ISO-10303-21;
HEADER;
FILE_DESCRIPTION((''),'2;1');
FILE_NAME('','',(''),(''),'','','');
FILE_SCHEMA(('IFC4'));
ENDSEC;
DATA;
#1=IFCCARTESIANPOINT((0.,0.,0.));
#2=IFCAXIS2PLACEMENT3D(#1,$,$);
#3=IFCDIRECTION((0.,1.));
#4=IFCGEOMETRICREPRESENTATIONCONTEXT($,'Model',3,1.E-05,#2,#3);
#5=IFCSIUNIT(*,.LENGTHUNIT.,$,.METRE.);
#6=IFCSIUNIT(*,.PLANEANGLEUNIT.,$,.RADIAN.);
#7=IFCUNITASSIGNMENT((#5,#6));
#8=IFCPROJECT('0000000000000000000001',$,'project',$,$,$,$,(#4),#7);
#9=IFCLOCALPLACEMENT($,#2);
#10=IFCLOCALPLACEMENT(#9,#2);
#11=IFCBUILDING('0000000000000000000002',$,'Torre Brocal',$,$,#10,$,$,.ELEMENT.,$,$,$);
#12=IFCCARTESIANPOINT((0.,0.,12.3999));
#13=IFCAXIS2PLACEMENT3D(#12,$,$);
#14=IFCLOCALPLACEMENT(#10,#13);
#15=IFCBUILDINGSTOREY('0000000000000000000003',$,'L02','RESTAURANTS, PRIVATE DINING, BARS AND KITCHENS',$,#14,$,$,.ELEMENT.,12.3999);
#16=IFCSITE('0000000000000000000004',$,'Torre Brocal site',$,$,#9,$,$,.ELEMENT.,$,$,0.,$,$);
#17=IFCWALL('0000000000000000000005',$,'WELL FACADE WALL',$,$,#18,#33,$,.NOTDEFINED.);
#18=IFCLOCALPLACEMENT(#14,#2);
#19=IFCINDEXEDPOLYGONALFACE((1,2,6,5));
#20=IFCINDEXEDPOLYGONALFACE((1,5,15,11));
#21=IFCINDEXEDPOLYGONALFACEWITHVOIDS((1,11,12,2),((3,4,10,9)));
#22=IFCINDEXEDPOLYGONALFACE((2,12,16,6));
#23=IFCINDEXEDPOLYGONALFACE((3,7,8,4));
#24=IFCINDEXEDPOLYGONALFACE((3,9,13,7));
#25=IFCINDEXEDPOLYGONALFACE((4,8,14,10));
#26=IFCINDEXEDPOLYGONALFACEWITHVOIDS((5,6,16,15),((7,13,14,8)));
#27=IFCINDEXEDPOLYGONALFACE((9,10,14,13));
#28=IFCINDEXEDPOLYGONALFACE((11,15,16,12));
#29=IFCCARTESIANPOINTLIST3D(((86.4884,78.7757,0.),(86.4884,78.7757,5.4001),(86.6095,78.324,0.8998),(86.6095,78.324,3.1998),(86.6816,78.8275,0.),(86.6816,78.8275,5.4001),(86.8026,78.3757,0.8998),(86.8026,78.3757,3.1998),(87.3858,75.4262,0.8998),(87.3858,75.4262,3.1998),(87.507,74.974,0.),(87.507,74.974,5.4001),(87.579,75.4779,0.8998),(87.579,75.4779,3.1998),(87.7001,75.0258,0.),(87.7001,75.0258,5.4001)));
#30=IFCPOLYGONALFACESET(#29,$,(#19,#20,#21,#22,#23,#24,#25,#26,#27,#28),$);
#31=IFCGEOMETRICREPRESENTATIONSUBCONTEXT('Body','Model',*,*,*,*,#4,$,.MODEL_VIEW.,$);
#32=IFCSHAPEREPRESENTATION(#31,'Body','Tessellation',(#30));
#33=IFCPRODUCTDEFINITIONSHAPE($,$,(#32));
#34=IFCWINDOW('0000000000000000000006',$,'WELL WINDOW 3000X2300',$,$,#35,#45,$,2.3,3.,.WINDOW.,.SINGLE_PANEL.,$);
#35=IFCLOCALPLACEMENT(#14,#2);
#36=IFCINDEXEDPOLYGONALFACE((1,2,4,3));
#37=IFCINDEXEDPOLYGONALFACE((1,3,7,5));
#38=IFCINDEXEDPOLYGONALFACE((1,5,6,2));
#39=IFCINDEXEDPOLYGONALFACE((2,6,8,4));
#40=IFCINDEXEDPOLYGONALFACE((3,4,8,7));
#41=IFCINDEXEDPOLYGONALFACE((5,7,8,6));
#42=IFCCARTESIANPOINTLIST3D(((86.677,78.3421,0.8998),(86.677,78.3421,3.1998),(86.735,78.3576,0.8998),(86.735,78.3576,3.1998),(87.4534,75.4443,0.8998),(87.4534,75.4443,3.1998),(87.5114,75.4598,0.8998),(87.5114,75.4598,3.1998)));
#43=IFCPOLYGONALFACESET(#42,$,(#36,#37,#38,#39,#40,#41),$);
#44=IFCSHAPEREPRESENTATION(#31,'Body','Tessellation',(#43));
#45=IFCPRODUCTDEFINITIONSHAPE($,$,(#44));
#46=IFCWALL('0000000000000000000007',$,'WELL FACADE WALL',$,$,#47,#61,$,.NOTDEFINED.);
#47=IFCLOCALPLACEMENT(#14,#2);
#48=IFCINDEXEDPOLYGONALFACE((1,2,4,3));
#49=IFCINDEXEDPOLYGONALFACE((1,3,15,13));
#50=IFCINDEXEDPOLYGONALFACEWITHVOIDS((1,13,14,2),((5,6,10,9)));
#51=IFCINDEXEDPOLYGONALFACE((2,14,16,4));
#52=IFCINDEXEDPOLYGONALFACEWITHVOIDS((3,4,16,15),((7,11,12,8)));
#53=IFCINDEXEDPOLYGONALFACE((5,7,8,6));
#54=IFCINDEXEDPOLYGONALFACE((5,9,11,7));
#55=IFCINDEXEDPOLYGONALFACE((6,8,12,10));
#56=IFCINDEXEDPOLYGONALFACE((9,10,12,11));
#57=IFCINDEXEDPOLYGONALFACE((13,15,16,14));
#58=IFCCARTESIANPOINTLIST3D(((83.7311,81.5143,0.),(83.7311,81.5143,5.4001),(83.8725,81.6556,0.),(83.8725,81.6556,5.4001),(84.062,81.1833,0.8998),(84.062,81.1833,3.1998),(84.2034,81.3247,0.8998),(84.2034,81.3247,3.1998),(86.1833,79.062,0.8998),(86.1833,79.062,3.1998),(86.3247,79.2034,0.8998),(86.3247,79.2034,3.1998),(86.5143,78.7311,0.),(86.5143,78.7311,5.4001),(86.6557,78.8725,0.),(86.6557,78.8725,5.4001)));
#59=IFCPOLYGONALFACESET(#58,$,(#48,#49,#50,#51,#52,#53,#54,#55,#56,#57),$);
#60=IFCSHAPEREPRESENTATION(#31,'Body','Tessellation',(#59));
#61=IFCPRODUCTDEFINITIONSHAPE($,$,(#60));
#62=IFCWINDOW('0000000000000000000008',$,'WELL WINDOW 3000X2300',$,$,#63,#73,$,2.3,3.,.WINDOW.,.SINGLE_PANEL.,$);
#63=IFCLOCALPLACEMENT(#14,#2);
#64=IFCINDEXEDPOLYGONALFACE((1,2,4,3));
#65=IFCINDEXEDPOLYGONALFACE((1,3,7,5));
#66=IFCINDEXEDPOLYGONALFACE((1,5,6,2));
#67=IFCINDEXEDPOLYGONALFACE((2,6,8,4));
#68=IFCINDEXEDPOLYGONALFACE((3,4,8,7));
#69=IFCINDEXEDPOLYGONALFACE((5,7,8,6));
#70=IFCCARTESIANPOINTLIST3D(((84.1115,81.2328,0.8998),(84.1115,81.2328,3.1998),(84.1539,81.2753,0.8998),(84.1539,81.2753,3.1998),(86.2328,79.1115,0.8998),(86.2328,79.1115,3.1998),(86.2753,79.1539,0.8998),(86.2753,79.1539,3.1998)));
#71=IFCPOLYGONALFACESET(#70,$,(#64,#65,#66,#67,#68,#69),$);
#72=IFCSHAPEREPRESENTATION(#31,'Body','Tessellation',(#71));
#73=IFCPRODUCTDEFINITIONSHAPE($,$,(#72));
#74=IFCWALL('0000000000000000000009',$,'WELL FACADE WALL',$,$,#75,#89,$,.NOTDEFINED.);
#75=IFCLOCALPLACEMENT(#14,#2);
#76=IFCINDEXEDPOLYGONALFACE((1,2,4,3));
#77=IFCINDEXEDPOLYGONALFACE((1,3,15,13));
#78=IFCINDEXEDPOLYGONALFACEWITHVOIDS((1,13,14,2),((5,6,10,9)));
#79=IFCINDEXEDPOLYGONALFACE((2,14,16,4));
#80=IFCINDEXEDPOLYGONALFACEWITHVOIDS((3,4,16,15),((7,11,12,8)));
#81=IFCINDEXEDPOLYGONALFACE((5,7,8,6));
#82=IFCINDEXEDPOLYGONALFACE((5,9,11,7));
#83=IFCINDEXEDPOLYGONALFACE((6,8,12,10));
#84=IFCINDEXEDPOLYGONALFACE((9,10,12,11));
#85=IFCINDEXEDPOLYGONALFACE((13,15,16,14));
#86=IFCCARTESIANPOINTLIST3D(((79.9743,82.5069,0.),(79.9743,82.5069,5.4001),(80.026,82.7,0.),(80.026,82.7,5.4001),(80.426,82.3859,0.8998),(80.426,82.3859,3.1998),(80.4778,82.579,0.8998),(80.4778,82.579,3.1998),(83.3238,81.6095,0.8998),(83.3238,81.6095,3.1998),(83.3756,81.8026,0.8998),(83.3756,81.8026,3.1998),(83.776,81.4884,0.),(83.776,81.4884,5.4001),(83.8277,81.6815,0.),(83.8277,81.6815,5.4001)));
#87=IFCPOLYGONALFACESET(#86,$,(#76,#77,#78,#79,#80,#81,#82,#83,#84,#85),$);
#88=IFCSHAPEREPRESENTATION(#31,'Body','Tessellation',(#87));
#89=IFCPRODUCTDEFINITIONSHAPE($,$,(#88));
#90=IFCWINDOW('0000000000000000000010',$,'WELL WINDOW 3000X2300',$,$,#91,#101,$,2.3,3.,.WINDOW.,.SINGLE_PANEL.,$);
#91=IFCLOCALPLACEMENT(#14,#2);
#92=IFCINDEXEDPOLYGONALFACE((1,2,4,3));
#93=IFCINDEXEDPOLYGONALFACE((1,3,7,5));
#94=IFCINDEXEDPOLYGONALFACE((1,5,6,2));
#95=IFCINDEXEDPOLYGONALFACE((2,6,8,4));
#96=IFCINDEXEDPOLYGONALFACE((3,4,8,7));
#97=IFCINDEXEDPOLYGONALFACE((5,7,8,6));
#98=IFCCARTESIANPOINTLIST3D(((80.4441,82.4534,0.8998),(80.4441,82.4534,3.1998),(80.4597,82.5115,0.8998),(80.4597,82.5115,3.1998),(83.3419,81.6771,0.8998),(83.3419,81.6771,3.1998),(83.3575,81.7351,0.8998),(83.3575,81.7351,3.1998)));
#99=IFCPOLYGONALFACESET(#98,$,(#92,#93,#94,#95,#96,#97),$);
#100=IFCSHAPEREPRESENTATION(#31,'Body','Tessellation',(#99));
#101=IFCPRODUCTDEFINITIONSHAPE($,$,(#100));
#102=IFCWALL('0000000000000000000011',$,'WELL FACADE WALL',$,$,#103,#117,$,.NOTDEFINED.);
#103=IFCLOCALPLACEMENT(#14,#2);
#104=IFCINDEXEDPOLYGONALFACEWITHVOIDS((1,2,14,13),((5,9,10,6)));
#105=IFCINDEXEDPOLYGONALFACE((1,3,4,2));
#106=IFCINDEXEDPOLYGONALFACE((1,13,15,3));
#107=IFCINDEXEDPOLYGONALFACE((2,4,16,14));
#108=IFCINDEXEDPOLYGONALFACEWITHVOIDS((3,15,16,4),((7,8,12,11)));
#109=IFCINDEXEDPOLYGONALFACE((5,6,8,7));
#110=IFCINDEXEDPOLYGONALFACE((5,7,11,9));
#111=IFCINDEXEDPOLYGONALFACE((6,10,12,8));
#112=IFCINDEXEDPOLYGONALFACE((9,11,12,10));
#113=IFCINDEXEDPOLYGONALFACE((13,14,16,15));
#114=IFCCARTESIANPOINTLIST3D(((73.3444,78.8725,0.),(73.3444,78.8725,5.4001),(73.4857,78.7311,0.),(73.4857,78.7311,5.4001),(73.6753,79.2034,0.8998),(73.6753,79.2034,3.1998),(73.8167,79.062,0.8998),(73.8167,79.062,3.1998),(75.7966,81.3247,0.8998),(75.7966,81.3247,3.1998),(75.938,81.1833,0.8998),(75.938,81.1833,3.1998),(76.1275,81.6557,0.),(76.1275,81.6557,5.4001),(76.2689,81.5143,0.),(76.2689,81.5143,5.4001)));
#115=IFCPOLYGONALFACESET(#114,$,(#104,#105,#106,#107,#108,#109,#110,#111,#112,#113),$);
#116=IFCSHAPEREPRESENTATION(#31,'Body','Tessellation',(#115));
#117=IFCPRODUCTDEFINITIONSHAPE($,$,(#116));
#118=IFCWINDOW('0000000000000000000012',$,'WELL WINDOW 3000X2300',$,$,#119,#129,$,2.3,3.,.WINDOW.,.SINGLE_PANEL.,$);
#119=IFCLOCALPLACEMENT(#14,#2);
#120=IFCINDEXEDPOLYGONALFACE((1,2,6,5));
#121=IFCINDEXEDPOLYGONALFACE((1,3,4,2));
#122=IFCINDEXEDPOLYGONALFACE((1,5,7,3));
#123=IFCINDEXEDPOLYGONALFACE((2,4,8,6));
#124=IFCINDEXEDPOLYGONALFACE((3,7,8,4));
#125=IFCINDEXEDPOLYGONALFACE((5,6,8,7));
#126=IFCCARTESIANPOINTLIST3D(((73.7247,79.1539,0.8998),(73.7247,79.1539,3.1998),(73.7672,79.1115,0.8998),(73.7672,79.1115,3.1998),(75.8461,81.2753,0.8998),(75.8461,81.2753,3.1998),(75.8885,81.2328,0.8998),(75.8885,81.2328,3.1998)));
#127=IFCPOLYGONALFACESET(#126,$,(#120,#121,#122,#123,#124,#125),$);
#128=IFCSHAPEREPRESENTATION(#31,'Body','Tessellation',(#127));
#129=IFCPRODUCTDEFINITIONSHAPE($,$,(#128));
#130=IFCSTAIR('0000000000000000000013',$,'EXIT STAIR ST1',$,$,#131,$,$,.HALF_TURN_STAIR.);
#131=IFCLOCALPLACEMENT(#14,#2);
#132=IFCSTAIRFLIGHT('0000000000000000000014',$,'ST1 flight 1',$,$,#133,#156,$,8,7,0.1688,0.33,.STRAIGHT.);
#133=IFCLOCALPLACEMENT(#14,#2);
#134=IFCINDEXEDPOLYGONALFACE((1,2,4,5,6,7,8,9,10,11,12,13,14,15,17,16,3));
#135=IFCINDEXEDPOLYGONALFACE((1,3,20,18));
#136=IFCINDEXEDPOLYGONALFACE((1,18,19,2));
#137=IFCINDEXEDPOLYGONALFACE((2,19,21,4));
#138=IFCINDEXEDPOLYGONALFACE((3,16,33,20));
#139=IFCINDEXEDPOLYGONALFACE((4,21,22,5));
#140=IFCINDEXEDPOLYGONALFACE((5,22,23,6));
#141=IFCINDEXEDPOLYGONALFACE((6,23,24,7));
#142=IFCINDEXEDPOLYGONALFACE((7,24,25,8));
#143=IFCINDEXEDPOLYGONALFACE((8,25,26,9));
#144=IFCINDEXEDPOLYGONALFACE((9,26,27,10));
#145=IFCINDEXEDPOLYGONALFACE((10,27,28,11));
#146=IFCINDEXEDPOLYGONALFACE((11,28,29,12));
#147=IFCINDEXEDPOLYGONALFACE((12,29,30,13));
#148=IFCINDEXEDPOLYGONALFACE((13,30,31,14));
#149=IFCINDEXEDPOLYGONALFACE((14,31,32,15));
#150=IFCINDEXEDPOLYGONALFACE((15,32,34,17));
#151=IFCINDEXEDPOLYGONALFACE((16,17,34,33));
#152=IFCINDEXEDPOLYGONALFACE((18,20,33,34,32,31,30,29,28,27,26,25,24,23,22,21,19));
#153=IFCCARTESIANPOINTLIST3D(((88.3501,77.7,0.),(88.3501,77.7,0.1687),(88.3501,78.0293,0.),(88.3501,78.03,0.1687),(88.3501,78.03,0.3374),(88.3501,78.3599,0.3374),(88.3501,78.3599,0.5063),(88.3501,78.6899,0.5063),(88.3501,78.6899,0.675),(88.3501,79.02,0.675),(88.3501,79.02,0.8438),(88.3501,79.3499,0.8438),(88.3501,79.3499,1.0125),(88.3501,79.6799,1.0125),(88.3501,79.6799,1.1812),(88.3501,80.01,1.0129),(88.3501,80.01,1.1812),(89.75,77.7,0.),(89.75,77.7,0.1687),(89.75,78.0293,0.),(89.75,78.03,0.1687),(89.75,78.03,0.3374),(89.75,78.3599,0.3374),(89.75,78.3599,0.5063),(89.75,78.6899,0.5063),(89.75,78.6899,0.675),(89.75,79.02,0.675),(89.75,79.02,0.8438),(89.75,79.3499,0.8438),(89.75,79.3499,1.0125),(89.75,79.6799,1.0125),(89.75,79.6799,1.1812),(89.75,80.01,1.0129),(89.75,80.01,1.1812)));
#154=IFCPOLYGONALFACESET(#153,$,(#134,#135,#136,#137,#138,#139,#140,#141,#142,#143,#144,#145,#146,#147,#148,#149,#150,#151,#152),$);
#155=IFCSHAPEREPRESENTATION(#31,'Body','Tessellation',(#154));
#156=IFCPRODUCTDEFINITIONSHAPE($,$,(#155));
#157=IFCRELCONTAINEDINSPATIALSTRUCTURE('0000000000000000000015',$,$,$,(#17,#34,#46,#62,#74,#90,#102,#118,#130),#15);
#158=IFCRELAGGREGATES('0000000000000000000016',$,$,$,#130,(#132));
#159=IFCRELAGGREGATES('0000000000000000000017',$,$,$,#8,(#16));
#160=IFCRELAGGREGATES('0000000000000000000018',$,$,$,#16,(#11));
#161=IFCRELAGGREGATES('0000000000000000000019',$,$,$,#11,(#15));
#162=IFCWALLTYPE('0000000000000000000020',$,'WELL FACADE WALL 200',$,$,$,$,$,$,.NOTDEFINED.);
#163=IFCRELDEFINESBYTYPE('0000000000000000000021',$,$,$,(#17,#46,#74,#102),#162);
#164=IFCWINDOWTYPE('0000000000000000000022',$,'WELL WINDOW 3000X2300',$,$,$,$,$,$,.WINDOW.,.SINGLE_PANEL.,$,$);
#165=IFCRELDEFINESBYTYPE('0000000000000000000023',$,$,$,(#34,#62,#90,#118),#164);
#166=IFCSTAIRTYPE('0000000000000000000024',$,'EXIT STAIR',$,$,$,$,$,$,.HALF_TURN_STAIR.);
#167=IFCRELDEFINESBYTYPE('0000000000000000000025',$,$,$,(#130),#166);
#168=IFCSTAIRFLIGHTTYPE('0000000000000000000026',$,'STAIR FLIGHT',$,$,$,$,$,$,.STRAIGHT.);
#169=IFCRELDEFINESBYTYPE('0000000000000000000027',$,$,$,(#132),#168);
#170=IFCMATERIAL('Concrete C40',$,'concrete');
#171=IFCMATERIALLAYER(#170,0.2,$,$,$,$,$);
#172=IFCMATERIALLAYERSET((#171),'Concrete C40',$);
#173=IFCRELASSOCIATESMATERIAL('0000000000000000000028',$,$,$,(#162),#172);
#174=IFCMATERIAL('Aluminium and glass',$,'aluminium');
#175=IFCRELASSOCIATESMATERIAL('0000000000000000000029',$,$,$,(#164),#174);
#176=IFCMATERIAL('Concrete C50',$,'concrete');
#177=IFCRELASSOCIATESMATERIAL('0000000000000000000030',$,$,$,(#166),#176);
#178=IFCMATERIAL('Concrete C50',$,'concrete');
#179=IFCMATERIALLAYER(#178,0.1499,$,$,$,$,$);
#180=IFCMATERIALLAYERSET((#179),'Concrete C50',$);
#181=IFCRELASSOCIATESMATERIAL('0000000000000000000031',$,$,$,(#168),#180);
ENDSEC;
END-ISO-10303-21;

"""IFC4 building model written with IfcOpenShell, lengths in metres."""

from ifc_helpers import new_model, si_unit, direction, frame, frame_2d, origin, place, context, subcontext, project, spatial, polyline, rectangle, outline, extrude, material, layer, layer_set, type_object, element, fill, aggregate, save


model = new_model("IFC4")

# Units and contexts
model_context = context("Model", 3, precision=1e-05, world=origin(), true_north=direction((0.0, 1.0)))
body_context = subcontext(model_context, "Body", "Model", "MODEL_VIEW")
ifc_project = project(units=[si_unit("LENGTHUNIT", "METRE"), si_unit("PLANEANGLEUNIT", "RADIAN")], contexts=[model_context])

# Site, building, storey
site_placement = place(None, origin())
site = spatial("IfcSite", under=ifc_project, at=site_placement, Name="Torre Brocal site", CompositionType="ELEMENT", RefElevation=0.0)
building_placement = place(site_placement, origin())
building = spatial("IfcBuilding", under=site, at=building_placement, Name="Torre Brocal", CompositionType="ELEMENT")
storey_placement = place(building_placement, frame((0.0, 0.0, 12.3999)))
storey = spatial("IfcBuildingStorey", under=building, at=storey_placement, Name="L02", Description="RESTAURANTS, PRIVATE DINING, BARS AND KITCHENS", CompositionType="ELEMENT", Elevation=12.3999)

# Walls, openings, windows
ifc_material_1 = material(Name="Concrete C40", Category="concrete")
ifc_layer_1 = layer(ifc_material_1, 0.2)
ifc_layer_set_1 = layer_set([ifc_layer_1], Name="Concrete C40")
wall_type_1 = type_object("IfcWallType", Name="WELL FACADE WALL 200", PredefinedType="NOTDEFINED", material=ifc_layer_set_1)
wall_1_placement = place(storey_placement, frame((87.6035, 75.0, 0.0), z_axis=(0.0, 0.0, 1.0), x_axis=(-0.25879, 0.965934, 0.0)))
wall_1 = element("IfcWall", 1, at=wall_1_placement, inside=storey, type_object=wall_type_1, Name="WELL FACADE WALL", PredefinedType="NOTDEFINED", context=body_context, shape_type="SweptSolid", body=[
    extrude(rectangle(XDim=3.9358, YDim=0.2, at=frame_2d((1.9678, 0.0))), origin(), (0.0, 0.0, 1.0), 5.4001),
])
opening_1_placement = place(wall_1_placement, frame((0.468, 0.0, 0.8999)))
opening_1 = element("IfcOpeningElement", 2, at=opening_1_placement, cuts=wall_1, PredefinedType="OPENING", context=body_context, shape_type="SweptSolid", body=[
    extrude(rectangle(XDim=3.0, YDim=2.3, at=frame_2d((1.5, 1.1499))), frame((0.0, 0.1099, 0.0), z_axis=(0.0, -1.0, 0.0), x_axis=(1.0, 0.0, 0.0)), (0.0, 0.0, 1.0), 0.22),
])
ifc_material_2 = material(Name="Aluminium and glass", Category="aluminium")
window_type = type_object("IfcWindowType", Name="WELL WINDOW 3000X2300", PartitioningType="SINGLE_PANEL", PredefinedType="WINDOW", material=ifc_material_2)
window_1_placement = place(opening_1_placement, origin())
window_1 = element("IfcWindow", 3, at=window_1_placement, inside=storey, type_object=window_type, Name="WELL WINDOW 3000X2300", OverallHeight=2.3, OverallWidth=3.0, PartitioningType="SINGLE_PANEL", PredefinedType="WINDOW", context=body_context, shape_type="SweptSolid", body=[
    extrude(rectangle(XDim=3.0, YDim=2.3, at=frame_2d((1.5, 1.1499))), frame((0.0, 0.03, 0.0), z_axis=(0.0, -1.0, 0.0), x_axis=(1.0, 0.0, 0.0)), (0.0, 0.0, 1.0), 0.0601),
])
fill(opening_1, window_1)
wall_2_placement = place(storey_placement, frame((86.585, 78.8018, 0.0), z_axis=(0.0, 0.0, 1.0), x_axis=(-0.707107, 0.707107, 0.0)))
wall_2 = element("IfcWall", 4, at=wall_2_placement, inside=storey, type_object=wall_type_1, Name="WELL FACADE WALL", PredefinedType="NOTDEFINED", context=body_context, shape_type="SweptSolid", body=[
    extrude(rectangle(XDim=3.936, YDim=0.2, at=frame_2d((1.968, 0.0))), origin(), (0.0, 0.0, 1.0), 5.4001),
])
opening_2_placement = place(wall_2_placement, frame((0.468, 0.0, 0.8999)))
opening_2 = element("IfcOpeningElement", 5, at=opening_2_placement, cuts=wall_2, PredefinedType="OPENING", context=body_context, shape_type="SweptSolid", body=[
    extrude(rectangle(XDim=3.0, YDim=2.3, at=frame_2d((1.5, 1.1499))), frame((0.0, 0.1099, 0.0), z_axis=(0.0, -1.0, 0.0), x_axis=(1.0, 0.0, 0.0)), (0.0, 0.0, 1.0), 0.22),
])
window_2_placement = place(opening_2_placement, origin())
window_2 = element("IfcWindow", 6, at=window_2_placement, inside=storey, type_object=window_type, Name="WELL WINDOW 3000X2300", OverallHeight=2.3, OverallWidth=3.0, PartitioningType="SINGLE_PANEL", PredefinedType="WINDOW", context=body_context, shape_type="SweptSolid", body=[
    extrude(rectangle(XDim=3.0, YDim=2.3, at=frame_2d((1.5, 1.1499))), frame((0.0, 0.03, 0.0), z_axis=(0.0, -1.0, 0.0), x_axis=(1.0, 0.0, 0.0)), (0.0, 0.0, 1.0), 0.0601),
])
fill(opening_2, window_2)
wall_3_placement = place(storey_placement, frame((83.8018, 81.585, 0.0), z_axis=(0.0, 0.0, 1.0), x_axis=(-0.965934, 0.25879, 0.0)))
wall_3 = element("IfcWall", 7, at=wall_3_placement, inside=storey, type_object=wall_type_1, Name="WELL FACADE WALL", PredefinedType="NOTDEFINED", context=body_context, shape_type="SweptSolid", body=[
    extrude(rectangle(XDim=3.9358, YDim=0.2, at=frame_2d((1.9678, 0.0))), origin(), (0.0, 0.0, 1.0), 5.4001),
])
opening_3_placement = place(wall_3_placement, frame((0.468, 0.0, 0.8999)))
opening_3 = element("IfcOpeningElement", 8, at=opening_3_placement, cuts=wall_3, PredefinedType="OPENING", context=body_context, shape_type="SweptSolid", body=[
    extrude(rectangle(XDim=3.0, YDim=2.3, at=frame_2d((1.5, 1.1499))), frame((0.0, 0.1099, 0.0), z_axis=(0.0, -1.0, 0.0), x_axis=(1.0, 0.0, 0.0)), (0.0, 0.0, 1.0), 0.22),
])
window_3_placement = place(opening_3_placement, origin())
window_3 = element("IfcWindow", 9, at=window_3_placement, inside=storey, type_object=window_type, Name="WELL WINDOW 3000X2300", OverallHeight=2.3, OverallWidth=3.0, PartitioningType="SINGLE_PANEL", PredefinedType="WINDOW", context=body_context, shape_type="SweptSolid", body=[
    extrude(rectangle(XDim=3.0, YDim=2.3, at=frame_2d((1.5, 1.1499))), frame((0.0, 0.03, 0.0), z_axis=(0.0, -1.0, 0.0), x_axis=(1.0, 0.0, 0.0)), (0.0, 0.0, 1.0), 0.0601),
])
fill(opening_3, window_3)
wall_4_placement = place(storey_placement, frame((76.1982, 81.585, 0.0), z_axis=(0.0, 0.0, 1.0), x_axis=(-0.707107, -0.707107, 0.0)))
wall_4 = element("IfcWall", 10, at=wall_4_placement, inside=storey, type_object=wall_type_1, Name="WELL FACADE WALL", PredefinedType="NOTDEFINED", context=body_context, shape_type="SweptSolid", body=[
    extrude(rectangle(XDim=3.936, YDim=0.2, at=frame_2d((1.968, 0.0))), origin(), (0.0, 0.0, 1.0), 5.4001),
])
opening_4_placement = place(wall_4_placement, frame((0.468, 0.0, 0.8999)))
opening_4 = element("IfcOpeningElement", 11, at=opening_4_placement, cuts=wall_4, PredefinedType="OPENING", context=body_context, shape_type="SweptSolid", body=[
    extrude(rectangle(XDim=3.0, YDim=2.3, at=frame_2d((1.5, 1.1499))), frame((0.0, 0.1099, 0.0), z_axis=(0.0, -1.0, 0.0), x_axis=(1.0, 0.0, 0.0)), (0.0, 0.0, 1.0), 0.22),
])
window_4_placement = place(opening_4_placement, origin())
window_4 = element("IfcWindow", 12, at=window_4_placement, inside=storey, type_object=window_type, Name="WELL WINDOW 3000X2300", OverallHeight=2.3, OverallWidth=3.0, PartitioningType="SINGLE_PANEL", PredefinedType="WINDOW", context=body_context, shape_type="SweptSolid", body=[
    extrude(rectangle(XDim=3.0, YDim=2.3, at=frame_2d((1.5, 1.1499))), frame((0.0, 0.03, 0.0), z_axis=(0.0, -1.0, 0.0), x_axis=(1.0, 0.0, 0.0)), (0.0, 0.0, 1.0), 0.0601),
])
fill(opening_4, window_4)

# Stair, stair flight
ifc_material_3 = material(Name="Concrete C50", Category="concrete")
stair_type = type_object("IfcStairType", Name="EXIT STAIR", PredefinedType="HALF_TURN_STAIR", material=ifc_material_3)
stair_placement = place(storey_placement, origin())
stair = element("IfcStair", 13, at=stair_placement, inside=storey, type_object=stair_type, Name="EXIT STAIR ST1", PredefinedType="HALF_TURN_STAIR")
ifc_material_4 = material(Name="Concrete C50", Category="concrete")
ifc_layer_2 = layer(ifc_material_4, 0.1499)
ifc_layer_set_2 = layer_set([ifc_layer_2], Name="Concrete C50")
stair_flight_type = type_object("IfcStairFlightType", Name="STAIR FLIGHT", PredefinedType="STRAIGHT", material=ifc_layer_set_2)
stair_flight_1_placement = place(storey_placement, frame((89.05, 77.7, 0.0), z_axis=(0.0, 0.0, 1.0), x_axis=(0.0, 1.0, 0.0)))
stair_flight_1 = element("IfcStairFlight", 14, at=stair_flight_1_placement, type_object=stair_flight_type, Name="ST1 flight 1", NumberOfRisers=8, NumberOfTreads=7, PredefinedType="STRAIGHT", RiserHeight=0.1688, TreadLength=0.33, context=body_context, shape_type="SweptSolid", body=[
    extrude(outline(polyline([(0.0, 0.0), (0.0, 0.1687), (0.3301, 0.1687), (0.3301, 0.3374), (0.6599, 0.3374), (0.6599, 0.5063), (0.99, 0.5063), (0.99, 0.675), (1.3201, 0.675), (1.3201, 0.8438), (1.6499, 0.8438), (1.6499, 1.0125), (1.98, 1.0125), (1.98, 1.1812), (2.3101, 1.1812), (2.3101, 1.3501), (2.3101, 1.0129), (0.3293, 0.0), (0.0, 0.0)])), frame((0.0, 0.7, 0.0), z_axis=(0.0, -1.0, 0.0), x_axis=(1.0, 0.0, 0.0)), (0.0, 0.0, 1.0), 1.3999),
])
aggregate(stair, [stair_flight_1])

save(model, "model.ifc")
